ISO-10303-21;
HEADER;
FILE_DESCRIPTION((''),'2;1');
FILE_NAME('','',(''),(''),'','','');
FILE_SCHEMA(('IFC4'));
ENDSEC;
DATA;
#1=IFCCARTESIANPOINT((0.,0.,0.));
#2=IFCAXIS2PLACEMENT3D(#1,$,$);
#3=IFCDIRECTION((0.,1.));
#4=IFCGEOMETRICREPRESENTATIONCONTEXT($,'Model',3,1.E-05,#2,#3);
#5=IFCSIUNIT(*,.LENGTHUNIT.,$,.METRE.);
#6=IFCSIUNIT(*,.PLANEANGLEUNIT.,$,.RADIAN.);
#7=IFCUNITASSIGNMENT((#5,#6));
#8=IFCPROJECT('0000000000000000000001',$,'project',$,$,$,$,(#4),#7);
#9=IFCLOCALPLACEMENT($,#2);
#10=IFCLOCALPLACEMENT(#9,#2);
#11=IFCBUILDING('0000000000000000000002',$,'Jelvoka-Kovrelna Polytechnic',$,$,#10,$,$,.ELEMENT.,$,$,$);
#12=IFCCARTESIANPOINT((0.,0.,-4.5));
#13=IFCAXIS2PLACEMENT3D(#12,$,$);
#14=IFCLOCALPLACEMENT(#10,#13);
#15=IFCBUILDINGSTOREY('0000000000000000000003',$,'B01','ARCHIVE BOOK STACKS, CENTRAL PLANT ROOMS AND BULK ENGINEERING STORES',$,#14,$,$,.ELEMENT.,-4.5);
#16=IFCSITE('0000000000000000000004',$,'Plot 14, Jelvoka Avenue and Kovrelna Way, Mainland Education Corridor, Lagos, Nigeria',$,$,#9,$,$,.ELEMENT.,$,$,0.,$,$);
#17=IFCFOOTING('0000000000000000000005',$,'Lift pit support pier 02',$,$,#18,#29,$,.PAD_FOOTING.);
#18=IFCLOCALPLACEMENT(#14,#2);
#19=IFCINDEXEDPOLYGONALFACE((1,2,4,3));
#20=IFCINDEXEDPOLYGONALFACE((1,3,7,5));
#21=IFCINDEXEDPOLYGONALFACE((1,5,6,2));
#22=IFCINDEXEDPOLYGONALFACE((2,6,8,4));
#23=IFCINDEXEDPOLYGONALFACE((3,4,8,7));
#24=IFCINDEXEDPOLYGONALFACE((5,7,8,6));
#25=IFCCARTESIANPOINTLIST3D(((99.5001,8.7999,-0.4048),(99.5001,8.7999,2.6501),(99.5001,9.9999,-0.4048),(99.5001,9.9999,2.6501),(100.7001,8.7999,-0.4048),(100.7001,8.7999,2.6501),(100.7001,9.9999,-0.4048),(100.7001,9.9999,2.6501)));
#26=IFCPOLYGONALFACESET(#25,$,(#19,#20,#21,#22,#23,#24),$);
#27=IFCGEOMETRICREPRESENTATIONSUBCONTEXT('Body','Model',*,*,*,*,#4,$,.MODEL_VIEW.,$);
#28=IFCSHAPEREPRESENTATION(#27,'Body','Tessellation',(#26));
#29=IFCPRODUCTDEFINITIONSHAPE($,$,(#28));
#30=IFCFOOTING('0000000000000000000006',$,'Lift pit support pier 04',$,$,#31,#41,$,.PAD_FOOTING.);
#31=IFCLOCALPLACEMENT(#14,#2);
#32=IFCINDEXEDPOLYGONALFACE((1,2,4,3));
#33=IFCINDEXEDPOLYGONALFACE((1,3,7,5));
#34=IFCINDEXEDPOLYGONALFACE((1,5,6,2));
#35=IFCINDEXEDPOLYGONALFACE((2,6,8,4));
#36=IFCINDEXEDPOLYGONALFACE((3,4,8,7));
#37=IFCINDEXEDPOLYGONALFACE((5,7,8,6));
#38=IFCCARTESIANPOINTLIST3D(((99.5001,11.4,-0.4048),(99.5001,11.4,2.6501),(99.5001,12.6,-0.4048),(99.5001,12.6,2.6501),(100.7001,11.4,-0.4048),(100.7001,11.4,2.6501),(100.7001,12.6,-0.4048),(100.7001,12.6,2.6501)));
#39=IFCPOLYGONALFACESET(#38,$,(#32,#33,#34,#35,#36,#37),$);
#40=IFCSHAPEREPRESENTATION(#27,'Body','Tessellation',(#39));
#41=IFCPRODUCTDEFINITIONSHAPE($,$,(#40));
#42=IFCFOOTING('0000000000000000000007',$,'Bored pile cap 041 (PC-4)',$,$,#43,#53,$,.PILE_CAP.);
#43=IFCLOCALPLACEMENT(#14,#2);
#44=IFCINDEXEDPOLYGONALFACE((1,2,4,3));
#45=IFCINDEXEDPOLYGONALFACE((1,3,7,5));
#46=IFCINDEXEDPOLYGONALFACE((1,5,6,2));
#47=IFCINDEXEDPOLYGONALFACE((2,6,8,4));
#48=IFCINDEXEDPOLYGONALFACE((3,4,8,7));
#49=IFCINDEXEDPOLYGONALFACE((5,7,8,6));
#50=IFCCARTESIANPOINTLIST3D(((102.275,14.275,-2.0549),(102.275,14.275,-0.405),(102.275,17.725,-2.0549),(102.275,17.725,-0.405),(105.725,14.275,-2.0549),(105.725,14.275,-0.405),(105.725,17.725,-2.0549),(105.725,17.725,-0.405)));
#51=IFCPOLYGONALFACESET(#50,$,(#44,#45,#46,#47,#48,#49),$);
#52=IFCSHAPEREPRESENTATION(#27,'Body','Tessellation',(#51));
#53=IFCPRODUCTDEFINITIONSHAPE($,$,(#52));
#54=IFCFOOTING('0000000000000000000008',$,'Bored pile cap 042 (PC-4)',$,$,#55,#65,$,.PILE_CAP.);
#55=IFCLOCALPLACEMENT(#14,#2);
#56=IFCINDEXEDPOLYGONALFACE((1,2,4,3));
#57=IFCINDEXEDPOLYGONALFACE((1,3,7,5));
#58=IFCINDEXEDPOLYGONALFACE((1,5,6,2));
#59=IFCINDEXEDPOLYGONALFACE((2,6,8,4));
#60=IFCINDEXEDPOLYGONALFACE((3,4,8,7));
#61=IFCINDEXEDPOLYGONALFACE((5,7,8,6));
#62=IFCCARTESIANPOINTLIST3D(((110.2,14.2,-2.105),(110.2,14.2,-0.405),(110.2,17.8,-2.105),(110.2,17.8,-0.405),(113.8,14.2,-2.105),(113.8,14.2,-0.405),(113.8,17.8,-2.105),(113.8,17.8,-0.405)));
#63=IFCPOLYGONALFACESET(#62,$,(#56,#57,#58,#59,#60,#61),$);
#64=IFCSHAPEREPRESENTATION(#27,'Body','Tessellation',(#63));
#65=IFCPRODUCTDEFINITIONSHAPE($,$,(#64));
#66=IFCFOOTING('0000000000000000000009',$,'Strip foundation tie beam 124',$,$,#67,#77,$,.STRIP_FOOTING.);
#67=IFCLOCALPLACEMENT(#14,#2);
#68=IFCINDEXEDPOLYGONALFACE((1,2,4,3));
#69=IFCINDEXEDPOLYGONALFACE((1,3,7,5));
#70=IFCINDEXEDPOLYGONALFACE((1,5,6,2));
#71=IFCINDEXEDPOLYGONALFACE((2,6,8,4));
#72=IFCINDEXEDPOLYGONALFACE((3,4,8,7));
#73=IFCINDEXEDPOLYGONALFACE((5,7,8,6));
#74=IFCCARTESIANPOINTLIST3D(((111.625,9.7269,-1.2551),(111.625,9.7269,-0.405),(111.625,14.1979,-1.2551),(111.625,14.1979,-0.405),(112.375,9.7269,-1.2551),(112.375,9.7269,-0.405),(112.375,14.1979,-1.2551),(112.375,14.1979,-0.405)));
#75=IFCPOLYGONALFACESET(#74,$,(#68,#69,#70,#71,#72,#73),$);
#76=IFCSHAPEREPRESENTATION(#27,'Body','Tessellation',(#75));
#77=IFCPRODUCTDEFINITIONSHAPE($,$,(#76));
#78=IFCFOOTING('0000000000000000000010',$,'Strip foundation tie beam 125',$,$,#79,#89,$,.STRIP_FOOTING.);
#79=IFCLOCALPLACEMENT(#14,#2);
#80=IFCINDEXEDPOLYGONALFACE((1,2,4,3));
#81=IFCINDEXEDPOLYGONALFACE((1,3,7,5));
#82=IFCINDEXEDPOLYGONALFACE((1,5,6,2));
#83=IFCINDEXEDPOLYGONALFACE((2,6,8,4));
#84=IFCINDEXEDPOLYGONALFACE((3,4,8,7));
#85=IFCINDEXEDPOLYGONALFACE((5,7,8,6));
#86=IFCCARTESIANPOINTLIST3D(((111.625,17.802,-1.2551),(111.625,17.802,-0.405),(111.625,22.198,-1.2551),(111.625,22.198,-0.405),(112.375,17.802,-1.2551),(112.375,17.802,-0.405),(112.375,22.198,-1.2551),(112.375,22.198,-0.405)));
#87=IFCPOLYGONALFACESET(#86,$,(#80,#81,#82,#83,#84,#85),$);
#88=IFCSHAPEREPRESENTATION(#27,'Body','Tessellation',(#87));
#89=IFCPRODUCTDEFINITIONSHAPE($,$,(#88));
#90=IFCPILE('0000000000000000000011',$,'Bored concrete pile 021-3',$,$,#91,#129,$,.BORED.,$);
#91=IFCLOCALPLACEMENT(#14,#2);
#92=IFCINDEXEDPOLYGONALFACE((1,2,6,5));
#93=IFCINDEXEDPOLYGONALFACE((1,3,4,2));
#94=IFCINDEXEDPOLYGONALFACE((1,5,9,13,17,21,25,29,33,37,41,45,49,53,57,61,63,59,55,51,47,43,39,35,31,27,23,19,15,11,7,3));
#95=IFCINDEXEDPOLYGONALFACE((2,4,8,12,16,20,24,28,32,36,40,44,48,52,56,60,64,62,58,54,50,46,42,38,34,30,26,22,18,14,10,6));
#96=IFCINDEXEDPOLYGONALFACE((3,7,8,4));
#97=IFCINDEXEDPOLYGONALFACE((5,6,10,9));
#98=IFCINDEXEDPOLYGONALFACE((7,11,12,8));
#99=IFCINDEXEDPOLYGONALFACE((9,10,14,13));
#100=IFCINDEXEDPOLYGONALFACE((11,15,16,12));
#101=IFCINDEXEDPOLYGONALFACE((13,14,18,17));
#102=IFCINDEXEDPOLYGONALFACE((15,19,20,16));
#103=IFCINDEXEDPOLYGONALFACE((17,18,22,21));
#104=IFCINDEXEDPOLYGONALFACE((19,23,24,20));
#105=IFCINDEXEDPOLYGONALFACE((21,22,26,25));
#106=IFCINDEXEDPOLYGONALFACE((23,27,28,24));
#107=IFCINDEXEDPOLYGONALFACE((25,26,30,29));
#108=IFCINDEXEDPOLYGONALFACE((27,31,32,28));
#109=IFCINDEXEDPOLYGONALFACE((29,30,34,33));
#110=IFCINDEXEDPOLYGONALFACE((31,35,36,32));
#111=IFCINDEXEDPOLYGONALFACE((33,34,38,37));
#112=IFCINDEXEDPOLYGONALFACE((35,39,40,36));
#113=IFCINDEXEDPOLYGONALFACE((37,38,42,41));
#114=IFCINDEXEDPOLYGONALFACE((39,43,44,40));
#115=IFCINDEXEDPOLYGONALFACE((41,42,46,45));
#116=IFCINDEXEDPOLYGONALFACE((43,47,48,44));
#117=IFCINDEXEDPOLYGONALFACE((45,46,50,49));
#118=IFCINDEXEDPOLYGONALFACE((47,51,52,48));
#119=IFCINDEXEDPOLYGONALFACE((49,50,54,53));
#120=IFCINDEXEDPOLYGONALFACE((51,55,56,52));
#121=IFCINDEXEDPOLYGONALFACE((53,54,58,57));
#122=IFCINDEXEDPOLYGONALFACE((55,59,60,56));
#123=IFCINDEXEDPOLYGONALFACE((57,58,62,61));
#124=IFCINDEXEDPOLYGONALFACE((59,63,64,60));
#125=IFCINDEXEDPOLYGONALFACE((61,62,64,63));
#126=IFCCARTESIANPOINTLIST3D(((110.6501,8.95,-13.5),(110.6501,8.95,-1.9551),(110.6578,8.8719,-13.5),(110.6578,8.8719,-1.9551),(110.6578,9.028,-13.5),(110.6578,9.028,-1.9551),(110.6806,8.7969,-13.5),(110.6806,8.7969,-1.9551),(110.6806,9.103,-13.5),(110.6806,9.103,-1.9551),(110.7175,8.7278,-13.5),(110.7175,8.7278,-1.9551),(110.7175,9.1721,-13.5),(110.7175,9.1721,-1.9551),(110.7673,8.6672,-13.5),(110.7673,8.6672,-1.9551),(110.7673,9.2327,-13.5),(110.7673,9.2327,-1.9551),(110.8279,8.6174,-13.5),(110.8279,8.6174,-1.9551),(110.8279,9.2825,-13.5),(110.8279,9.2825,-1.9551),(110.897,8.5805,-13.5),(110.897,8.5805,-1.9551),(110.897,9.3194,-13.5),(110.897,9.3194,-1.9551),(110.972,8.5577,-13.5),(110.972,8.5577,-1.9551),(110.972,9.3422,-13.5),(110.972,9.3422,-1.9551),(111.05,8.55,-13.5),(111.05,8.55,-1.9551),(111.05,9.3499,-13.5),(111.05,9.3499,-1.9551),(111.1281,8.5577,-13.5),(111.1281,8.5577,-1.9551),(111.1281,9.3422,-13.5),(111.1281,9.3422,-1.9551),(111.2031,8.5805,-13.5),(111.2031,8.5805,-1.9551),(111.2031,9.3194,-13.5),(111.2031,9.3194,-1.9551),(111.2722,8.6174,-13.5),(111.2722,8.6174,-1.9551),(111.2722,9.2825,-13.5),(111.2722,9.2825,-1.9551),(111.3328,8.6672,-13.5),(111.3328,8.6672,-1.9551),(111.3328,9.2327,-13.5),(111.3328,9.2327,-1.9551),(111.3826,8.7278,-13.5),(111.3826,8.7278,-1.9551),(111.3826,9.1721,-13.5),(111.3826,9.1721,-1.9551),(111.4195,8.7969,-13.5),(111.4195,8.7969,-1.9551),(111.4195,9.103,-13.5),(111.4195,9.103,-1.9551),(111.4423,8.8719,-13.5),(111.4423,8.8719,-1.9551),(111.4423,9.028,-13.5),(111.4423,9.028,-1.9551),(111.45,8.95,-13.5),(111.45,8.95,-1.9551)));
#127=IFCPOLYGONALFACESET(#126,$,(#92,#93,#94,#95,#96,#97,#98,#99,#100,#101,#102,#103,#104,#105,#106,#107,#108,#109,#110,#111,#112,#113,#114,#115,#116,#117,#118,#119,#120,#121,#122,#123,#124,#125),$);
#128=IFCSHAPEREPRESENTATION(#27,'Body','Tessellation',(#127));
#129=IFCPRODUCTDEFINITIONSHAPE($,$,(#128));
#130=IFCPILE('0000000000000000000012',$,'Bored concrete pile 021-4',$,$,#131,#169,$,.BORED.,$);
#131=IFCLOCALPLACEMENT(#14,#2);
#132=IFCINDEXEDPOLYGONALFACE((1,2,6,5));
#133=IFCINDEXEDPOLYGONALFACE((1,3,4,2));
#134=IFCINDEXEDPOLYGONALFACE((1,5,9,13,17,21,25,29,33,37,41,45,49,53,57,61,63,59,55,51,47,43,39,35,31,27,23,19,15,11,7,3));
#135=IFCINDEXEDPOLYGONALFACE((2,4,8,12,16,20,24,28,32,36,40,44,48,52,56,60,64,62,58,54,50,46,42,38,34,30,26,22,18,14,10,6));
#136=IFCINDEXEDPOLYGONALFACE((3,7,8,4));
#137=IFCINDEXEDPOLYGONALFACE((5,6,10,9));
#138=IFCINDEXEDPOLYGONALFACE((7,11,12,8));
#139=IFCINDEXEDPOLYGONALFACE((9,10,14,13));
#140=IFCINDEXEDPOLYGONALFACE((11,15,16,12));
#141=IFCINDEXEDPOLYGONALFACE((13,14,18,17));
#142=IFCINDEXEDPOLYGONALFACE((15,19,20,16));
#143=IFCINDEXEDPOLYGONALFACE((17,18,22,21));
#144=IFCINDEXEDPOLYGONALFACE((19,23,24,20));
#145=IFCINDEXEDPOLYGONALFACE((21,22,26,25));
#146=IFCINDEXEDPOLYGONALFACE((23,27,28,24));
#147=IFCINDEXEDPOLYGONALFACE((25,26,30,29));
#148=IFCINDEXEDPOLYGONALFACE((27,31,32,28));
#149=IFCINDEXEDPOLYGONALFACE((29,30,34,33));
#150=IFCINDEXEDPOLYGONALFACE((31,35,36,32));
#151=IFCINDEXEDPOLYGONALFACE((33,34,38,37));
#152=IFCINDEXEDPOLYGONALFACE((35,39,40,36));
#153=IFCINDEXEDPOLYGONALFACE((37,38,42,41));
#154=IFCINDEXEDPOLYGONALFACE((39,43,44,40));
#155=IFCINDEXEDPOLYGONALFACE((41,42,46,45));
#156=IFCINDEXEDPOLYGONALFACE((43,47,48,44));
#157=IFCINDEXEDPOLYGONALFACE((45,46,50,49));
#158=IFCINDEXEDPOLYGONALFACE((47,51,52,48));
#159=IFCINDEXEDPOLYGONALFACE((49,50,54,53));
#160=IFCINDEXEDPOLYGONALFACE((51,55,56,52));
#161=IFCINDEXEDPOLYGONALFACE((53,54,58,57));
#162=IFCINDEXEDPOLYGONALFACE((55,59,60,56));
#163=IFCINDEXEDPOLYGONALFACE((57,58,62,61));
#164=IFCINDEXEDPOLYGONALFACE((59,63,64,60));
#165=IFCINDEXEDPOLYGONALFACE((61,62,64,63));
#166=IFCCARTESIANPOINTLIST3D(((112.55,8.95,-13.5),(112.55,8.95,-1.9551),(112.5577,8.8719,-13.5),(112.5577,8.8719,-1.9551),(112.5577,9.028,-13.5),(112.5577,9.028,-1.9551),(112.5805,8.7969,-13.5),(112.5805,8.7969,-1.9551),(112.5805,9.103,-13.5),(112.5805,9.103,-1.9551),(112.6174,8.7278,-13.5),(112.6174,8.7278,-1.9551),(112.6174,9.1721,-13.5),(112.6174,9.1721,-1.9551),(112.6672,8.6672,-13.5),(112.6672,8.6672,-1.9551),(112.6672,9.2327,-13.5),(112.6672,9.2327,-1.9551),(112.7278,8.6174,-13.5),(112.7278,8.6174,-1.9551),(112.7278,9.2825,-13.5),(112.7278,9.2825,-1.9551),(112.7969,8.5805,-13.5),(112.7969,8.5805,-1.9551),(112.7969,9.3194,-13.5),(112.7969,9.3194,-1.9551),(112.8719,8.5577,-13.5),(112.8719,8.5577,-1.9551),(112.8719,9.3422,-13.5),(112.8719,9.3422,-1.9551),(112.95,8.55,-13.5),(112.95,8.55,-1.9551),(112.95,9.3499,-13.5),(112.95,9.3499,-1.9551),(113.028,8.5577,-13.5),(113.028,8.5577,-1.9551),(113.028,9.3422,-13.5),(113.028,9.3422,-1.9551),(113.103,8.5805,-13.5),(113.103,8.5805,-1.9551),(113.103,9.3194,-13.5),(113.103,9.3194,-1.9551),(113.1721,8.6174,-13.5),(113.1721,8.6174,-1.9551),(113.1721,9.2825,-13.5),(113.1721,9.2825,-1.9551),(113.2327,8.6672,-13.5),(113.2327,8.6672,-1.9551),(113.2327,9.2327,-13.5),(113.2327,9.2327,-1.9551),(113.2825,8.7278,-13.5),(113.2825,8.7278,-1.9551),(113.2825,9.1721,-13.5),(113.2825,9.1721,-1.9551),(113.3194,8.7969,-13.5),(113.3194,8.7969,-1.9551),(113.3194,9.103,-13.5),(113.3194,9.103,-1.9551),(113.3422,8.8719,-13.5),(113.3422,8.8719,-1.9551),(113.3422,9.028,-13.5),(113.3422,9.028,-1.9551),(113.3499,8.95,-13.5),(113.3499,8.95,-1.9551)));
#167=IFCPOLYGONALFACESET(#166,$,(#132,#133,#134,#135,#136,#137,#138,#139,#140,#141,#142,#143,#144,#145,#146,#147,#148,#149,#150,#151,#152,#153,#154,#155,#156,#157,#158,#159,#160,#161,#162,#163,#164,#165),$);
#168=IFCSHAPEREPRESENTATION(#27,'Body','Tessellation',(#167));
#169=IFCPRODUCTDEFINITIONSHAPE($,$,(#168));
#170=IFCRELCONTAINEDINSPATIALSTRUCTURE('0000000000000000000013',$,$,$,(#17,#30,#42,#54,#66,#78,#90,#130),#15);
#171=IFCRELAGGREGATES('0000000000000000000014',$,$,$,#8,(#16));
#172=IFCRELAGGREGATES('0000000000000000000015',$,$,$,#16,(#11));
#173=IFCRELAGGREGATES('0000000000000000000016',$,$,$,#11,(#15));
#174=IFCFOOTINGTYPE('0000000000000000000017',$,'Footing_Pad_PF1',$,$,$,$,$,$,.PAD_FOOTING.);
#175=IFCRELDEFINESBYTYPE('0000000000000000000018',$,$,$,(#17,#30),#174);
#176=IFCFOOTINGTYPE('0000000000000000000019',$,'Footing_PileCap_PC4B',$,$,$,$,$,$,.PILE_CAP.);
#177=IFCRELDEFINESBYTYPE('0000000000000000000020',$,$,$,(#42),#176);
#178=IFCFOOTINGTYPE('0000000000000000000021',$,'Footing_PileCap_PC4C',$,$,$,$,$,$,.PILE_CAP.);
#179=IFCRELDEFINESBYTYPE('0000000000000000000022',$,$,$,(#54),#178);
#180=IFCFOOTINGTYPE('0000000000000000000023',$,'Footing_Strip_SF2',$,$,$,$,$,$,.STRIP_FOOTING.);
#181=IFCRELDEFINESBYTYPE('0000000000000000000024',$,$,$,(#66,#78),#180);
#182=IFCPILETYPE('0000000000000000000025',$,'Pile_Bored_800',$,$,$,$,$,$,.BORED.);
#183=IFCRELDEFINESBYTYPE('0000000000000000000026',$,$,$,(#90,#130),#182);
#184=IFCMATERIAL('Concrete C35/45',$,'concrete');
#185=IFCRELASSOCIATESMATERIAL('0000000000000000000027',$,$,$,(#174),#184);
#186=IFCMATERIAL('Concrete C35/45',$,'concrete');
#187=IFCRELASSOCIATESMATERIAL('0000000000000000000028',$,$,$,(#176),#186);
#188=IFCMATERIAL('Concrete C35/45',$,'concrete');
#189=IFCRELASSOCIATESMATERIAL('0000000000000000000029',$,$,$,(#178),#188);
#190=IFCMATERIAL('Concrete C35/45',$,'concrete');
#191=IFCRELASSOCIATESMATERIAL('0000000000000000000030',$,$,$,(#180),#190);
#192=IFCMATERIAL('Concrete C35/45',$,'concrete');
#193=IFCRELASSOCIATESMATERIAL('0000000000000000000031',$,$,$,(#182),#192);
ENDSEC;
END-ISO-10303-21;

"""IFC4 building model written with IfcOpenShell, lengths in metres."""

from ifc_helpers import new_model, si_unit, direction, frame, origin, origin_2d, place, context, subcontext, project, spatial, rectangle, circle, extrude, material, material_profile, profile_set, type_object, element, save


model = new_model("IFC4")

# Units and contexts
model_context = context("Model", 3, precision=1e-05, world=origin(), true_north=direction((0.0, 1.0)))
body_context = subcontext(model_context, "Body", "Model", "MODEL_VIEW")
ifc_project = project(units=[si_unit("LENGTHUNIT", "METRE"), si_unit("PLANEANGLEUNIT", "RADIAN")], contexts=[model_context])

# Site, building, storey
site_placement = place(None, origin())
site = spatial("IfcSite", under=ifc_project, at=site_placement, Name="Plot 14, Jelvoka Avenue and Kovrelna Way, Mainland Education Corridor, Lagos, Nigeria", CompositionType="ELEMENT", RefElevation=0.0)
building_placement = place(site_placement, origin())
building = spatial("IfcBuilding", under=site, at=building_placement, Name="Jelvoka-Kovrelna Polytechnic", CompositionType="ELEMENT")
storey_placement = place(building_placement, frame((0.0, 0.0, -4.5)))
storey = spatial("IfcBuildingStorey", under=building, at=storey_placement, Name="B01", Description="ARCHIVE BOOK STACKS, CENTRAL PLANT ROOMS AND BULK ENGINEERING STORES", CompositionType="ELEMENT", Elevation=-4.5)

# Footings
ifc_material_1 = material(Name="Concrete C35/45", Category="concrete")
footing_type_1 = type_object("IfcFootingType", Name="Footing_Pad_PF1", PredefinedType="PAD_FOOTING", material=ifc_material_1)
for number, where, z_axis, x_axis, name in (
    (1, (100.1001, 9.3999, -0.4048), (0.0, 0.0, 1.0), (1.0, 0.0, 0.0), "Lift pit support pier 02"),
    (2, (100.1001, 12.0, -0.4048), (0.0, 0.0, 1.0), (1.0, 0.0, 0.0), "Lift pit support pier 04"),
):
    element("IfcFooting", number, at=place(storey_placement, frame(where, z_axis=z_axis, x_axis=x_axis)), inside=storey, type_object=footing_type_1, Name=name, PredefinedType="PAD_FOOTING", context=body_context, shape_type="SweptSolid", body=[
        extrude(rectangle(XDim=1.2, YDim=1.2, at=origin_2d()), origin(), (0.0, 0.0, 1.0), 3.0549),
    ])
ifc_material_2 = material(Name="Concrete C35/45", Category="concrete")
footing_type_2 = type_object("IfcFootingType", Name="Footing_PileCap_PC4B", PredefinedType="PILE_CAP", material=ifc_material_2)
footing_1_placement = place(storey_placement, frame((104.0, 16.0, -2.0549), z_axis=(0.0, 0.0, 1.0), x_axis=(1.0, 0.0, 0.0)))
element("IfcFooting", 3, at=footing_1_placement, inside=storey, type_object=footing_type_2, Name="Bored pile cap 041 (PC-4)", PredefinedType="PILE_CAP", context=body_context, shape_type="SweptSolid", body=[
    extrude(rectangle(XDim=3.45, YDim=3.45, at=origin_2d()), origin(), (0.0, 0.0, 1.0), 1.6499),
])
ifc_material_3 = material(Name="Concrete C35/45", Category="concrete")
footing_type_3 = type_object("IfcFootingType", Name="Footing_PileCap_PC4C", PredefinedType="PILE_CAP", material=ifc_material_3)
footing_2_placement = place(storey_placement, frame((112.0, 16.0, -2.105), z_axis=(0.0, 0.0, 1.0), x_axis=(1.0, 0.0, 0.0)))
element("IfcFooting", 4, at=footing_2_placement, inside=storey, type_object=footing_type_3, Name="Bored pile cap 042 (PC-4)", PredefinedType="PILE_CAP", context=body_context, shape_type="SweptSolid", body=[
    extrude(rectangle(XDim=3.6001, YDim=3.6001, at=origin_2d()), origin(), (0.0, 0.0, 1.0), 1.7),
])
ifc_material_4 = material(Name="Concrete C35/45", Category="concrete")
footing_type_4 = type_object("IfcFootingType", Name="Footing_Strip_SF2", PredefinedType="STRIP_FOOTING", material=ifc_material_4)
footing_3_placement = place(storey_placement, frame((112.0, 11.9624, -1.2551), z_axis=(0.0, 0.0, 1.0), x_axis=(0.0, 1.0, 0.0)))
element("IfcFooting", 5, at=footing_3_placement, inside=storey, type_object=footing_type_4, Name="Strip foundation tie beam 124", PredefinedType="STRIP_FOOTING", context=body_context, shape_type="SweptSolid", body=[
    extrude(rectangle(XDim=4.4709, YDim=0.75, at=origin_2d()), origin(), (0.0, 0.0, 1.0), 0.8501),
])
footing_4_placement = place(storey_placement, frame((112.0, 20.0, -1.2551), z_axis=(0.0, 0.0, 1.0), x_axis=(0.0, 1.0, 0.0)))
element("IfcFooting", 6, at=footing_4_placement, inside=storey, type_object=footing_type_4, Name="Strip foundation tie beam 125", PredefinedType="STRIP_FOOTING", context=body_context, shape_type="SweptSolid", body=[
    extrude(rectangle(XDim=4.396, YDim=0.75, at=origin_2d()), origin(), (0.0, 0.0, 1.0), 0.8501),
])

# Piles
ifc_material_5 = material(Name="Concrete C35/45", Category="concrete")
ifc_material_profile_1 = material_profile(ifc_material_5, circle(Radius=0.3999, at=origin_2d()), Name="PILE D800")
ifc_profile_set_1 = profile_set([ifc_material_profile_1], Name="Concrete C35/45")
pile_type = type_object("IfcPileType", Name="Pile_Bored_800", PredefinedType="BORED", material=ifc_profile_set_1)
for number, where, z_axis, x_axis, name in (
    (7, (111.05, 8.95, -1.9551), (0.0, 0.0, -1.0), (1.0, 0.0, 0.0), "Bored concrete pile 021-3"),
    (8, (112.95, 8.95, -1.9551), (0.0, 0.0, -1.0), (1.0, 0.0, 0.0), "Bored concrete pile 021-4"),
):
    element("IfcPile", number, at=place(storey_placement, frame(where, z_axis=z_axis, x_axis=x_axis)), inside=storey, type_object=pile_type, Name=name, PredefinedType="BORED", context=body_context, shape_type="SweptSolid", body=[
        extrude(circle(Radius=0.3999, at=origin_2d()), origin(), (0.0, 0.0, 1.0), 11.5449),
    ])

save(model, "model.ifc")
